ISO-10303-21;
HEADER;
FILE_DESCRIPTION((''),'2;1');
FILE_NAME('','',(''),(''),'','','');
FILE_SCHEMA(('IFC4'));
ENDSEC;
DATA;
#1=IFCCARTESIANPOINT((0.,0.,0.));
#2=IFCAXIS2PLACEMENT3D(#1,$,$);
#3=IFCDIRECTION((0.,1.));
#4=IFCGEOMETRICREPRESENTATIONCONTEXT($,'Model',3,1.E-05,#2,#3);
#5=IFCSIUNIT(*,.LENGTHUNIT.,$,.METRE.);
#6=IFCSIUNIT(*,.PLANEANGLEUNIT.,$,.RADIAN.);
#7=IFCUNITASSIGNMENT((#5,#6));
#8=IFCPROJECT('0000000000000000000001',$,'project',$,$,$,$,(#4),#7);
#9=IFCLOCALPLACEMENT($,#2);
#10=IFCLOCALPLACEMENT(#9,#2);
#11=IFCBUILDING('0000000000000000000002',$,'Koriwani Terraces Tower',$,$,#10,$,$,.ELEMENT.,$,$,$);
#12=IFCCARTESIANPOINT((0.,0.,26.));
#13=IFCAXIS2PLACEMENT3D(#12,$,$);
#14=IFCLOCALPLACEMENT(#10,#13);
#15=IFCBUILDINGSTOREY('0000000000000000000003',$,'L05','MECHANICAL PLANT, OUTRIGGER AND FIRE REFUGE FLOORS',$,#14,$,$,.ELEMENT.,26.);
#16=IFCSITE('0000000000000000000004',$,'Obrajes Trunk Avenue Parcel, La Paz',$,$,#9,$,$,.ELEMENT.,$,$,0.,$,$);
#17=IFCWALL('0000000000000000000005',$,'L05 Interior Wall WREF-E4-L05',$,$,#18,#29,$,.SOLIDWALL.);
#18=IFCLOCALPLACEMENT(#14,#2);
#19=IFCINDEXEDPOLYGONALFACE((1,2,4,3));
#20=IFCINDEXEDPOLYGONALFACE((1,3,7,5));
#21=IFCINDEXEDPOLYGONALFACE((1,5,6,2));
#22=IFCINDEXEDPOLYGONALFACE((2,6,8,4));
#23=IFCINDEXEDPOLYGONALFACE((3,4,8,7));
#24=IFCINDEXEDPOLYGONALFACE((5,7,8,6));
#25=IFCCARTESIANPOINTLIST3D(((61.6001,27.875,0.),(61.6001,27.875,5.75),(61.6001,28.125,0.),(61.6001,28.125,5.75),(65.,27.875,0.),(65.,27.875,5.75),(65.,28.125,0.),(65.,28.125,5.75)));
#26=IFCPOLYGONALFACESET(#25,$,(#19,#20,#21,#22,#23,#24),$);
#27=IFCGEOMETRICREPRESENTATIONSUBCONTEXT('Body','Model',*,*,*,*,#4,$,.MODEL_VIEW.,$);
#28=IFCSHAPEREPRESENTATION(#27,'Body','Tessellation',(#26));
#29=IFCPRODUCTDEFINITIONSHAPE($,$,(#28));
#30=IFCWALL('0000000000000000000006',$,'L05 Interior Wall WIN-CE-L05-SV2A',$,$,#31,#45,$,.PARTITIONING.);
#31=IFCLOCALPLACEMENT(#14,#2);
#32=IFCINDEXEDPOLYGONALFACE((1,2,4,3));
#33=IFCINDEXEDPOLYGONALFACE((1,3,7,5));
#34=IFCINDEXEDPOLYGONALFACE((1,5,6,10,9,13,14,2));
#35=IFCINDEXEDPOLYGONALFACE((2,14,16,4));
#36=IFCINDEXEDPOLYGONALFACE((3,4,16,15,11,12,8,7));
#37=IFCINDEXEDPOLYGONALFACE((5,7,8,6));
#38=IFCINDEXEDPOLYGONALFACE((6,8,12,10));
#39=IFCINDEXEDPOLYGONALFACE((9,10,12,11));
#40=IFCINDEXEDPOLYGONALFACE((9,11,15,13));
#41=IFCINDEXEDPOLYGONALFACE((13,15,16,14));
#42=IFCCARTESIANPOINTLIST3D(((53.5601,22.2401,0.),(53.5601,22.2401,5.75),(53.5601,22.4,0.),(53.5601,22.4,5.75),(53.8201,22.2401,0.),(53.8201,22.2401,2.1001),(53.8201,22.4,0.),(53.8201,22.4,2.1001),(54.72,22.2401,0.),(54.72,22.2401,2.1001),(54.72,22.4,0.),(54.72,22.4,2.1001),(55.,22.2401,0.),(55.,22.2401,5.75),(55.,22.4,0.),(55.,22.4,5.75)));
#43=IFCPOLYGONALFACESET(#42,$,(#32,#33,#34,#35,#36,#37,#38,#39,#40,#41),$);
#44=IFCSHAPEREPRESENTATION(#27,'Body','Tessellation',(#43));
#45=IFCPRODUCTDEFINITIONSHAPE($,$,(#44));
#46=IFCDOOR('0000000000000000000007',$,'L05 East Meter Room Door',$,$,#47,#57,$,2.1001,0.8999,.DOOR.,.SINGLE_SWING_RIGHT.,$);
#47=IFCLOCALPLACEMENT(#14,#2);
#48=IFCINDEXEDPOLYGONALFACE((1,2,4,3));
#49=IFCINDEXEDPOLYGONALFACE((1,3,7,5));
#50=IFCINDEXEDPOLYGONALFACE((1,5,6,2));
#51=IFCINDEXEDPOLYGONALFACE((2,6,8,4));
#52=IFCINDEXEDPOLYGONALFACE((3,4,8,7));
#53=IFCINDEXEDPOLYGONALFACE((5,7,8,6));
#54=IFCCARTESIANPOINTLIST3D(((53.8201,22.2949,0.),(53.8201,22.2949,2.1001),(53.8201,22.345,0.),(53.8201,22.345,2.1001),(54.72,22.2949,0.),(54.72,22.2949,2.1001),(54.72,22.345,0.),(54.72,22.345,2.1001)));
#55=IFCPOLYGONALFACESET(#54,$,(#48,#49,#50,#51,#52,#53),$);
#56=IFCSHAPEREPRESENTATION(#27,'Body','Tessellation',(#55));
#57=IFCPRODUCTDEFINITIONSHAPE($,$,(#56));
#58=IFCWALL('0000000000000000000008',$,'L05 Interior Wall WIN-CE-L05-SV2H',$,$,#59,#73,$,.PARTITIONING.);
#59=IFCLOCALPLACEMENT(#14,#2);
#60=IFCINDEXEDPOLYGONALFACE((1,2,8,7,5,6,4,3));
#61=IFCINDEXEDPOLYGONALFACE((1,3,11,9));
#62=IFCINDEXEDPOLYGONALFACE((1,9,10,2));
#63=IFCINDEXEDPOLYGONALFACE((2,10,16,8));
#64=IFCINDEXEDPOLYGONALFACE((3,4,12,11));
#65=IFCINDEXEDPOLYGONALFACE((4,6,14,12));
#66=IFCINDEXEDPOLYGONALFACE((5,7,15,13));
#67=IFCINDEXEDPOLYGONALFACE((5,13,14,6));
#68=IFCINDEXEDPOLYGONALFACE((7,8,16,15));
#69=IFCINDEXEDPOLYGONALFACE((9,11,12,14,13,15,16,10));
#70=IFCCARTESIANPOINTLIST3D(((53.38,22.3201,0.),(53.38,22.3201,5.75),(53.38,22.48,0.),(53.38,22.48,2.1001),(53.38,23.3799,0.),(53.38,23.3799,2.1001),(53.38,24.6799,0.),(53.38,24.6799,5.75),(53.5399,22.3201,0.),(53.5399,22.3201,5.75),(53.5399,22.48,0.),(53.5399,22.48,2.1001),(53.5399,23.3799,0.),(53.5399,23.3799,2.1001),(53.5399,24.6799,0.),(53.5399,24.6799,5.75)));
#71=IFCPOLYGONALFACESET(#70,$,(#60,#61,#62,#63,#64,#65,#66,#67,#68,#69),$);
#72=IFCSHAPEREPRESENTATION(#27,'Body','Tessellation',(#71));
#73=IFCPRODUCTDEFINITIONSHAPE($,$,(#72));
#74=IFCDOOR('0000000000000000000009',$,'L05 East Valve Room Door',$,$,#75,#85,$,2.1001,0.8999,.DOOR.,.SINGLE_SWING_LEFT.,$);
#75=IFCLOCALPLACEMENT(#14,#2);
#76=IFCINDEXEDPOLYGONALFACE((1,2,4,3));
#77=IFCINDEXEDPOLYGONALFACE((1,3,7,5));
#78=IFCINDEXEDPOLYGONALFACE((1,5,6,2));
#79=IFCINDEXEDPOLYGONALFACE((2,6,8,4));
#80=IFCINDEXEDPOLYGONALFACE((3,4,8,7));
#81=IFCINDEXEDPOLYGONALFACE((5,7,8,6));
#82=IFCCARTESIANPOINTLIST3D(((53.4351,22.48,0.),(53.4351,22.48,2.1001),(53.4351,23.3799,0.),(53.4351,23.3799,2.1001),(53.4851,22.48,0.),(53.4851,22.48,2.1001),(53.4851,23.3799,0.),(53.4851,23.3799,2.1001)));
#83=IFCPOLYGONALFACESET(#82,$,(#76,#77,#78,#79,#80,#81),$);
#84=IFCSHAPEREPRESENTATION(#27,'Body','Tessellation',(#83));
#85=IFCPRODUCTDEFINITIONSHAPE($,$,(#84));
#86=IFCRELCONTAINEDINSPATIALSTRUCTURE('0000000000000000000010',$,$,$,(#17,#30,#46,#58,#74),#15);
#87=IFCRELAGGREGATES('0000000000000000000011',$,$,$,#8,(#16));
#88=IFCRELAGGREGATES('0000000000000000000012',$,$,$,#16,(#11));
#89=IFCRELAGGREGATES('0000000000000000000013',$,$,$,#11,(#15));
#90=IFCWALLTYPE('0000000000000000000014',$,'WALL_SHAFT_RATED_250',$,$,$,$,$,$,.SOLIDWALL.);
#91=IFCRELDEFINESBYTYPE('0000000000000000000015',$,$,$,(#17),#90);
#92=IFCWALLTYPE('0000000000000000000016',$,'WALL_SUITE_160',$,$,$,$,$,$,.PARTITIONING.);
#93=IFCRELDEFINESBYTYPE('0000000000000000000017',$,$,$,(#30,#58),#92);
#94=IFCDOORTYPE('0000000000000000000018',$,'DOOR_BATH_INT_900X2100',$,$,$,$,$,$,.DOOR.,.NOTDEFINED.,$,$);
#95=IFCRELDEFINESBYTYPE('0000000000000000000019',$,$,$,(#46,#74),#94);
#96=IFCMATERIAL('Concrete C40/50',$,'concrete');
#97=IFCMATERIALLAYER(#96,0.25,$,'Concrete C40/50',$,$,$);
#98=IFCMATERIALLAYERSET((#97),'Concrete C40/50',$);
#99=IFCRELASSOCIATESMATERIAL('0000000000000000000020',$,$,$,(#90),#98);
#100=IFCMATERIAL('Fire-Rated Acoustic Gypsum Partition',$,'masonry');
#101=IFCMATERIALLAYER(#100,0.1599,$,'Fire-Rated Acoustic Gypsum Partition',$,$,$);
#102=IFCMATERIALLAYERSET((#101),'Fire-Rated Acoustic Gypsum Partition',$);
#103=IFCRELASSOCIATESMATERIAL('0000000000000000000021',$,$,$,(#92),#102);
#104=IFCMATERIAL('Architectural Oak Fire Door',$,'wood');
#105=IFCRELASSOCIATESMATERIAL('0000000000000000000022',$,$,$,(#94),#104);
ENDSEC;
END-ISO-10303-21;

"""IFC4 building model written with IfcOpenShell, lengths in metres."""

from ifc_helpers import new_model, si_unit, direction, frame, frame_2d, origin, place, context, subcontext, project, spatial, rectangle, extrude, material, layer, layer_set, type_object, element, fill, save


model = new_model("IFC4")

# Units and contexts
model_context = context("Model", 3, precision=1e-05, world=origin(), true_north=direction((0.0, 1.0)))
body_context = subcontext(model_context, "Body", "Model", "MODEL_VIEW")
ifc_project = project(units=[si_unit("LENGTHUNIT", "METRE"), si_unit("PLANEANGLEUNIT", "RADIAN")], contexts=[model_context])

# Site, building, storey
site_placement = place(None, origin())
site = spatial("IfcSite", under=ifc_project, at=site_placement, Name="Obrajes Trunk Avenue Parcel, La Paz", CompositionType="ELEMENT", RefElevation=0.0)
building_placement = place(site_placement, origin())
building = spatial("IfcBuilding", under=site, at=building_placement, Name="Koriwani Terraces Tower", CompositionType="ELEMENT")
storey_placement = place(building_placement, frame((0.0, 0.0, 26.0)))
storey = spatial("IfcBuildingStorey", under=building, at=storey_placement, Name="L05", Description="MECHANICAL PLANT, OUTRIGGER AND FIRE REFUGE FLOORS", CompositionType="ELEMENT", Elevation=26.0)

# Shared definitions
ifc_material_1 = material(Name="Concrete C40/50", Category="concrete")
ifc_layer_1 = layer(ifc_material_1, 0.25, Name="Concrete C40/50")
ifc_layer_set_1 = layer_set([ifc_layer_1], Name="Concrete C40/50")
wall_type_1 = type_object("IfcWallType", Name="WALL_SHAFT_RATED_250", PredefinedType="SOLIDWALL", material=ifc_layer_set_1)

# Wall
wall_1_placement = place(storey_placement, frame((61.6001, 28.0, 0.0), z_axis=(0.0, 0.0, 1.0), x_axis=(1.0, 0.0, 0.0)))
element("IfcWall", 1, at=wall_1_placement, inside=storey, type_object=wall_type_1, Name="L05 Interior Wall WREF-E4-L05", PredefinedType="SOLIDWALL", context=body_context, shape_type="SweptSolid", body=[
    extrude(rectangle(XDim=3.3999, YDim=0.25, at=frame_2d((1.7, 0.0))), origin(), (0.0, 0.0, 1.0), 5.75),
])

# Walls, openings, doors
ifc_material_2 = material(Name="Fire-Rated Acoustic Gypsum Partition", Category="masonry")
ifc_layer_2 = layer(ifc_material_2, 0.1599, Name="Fire-Rated Acoustic Gypsum Partition")
ifc_layer_set_2 = layer_set([ifc_layer_2], Name="Fire-Rated Acoustic Gypsum Partition")
wall_type_2 = type_object("IfcWallType", Name="WALL_SUITE_160", PredefinedType="PARTITIONING", material=ifc_layer_set_2)
wall_2_placement = place(storey_placement, frame((53.5601, 22.3201, 0.0), z_axis=(0.0, 0.0, 1.0), x_axis=(1.0, 0.0, 0.0)))
wall_2 = element("IfcWall", 2, at=wall_2_placement, inside=storey, type_object=wall_type_2, Name="L05 Interior Wall WIN-CE-L05-SV2A", PredefinedType="PARTITIONING", context=body_context, shape_type="SweptSolid", body=[
    extrude(rectangle(XDim=1.4399, YDim=0.1599, at=frame_2d((0.72, 0.0))), origin(), (0.0, 0.0, 1.0), 5.75),
])
opening_1_placement = place(wall_2_placement, frame((0.26, 0.0, 0.0)))
opening_1 = element("IfcOpeningElement", 3, at=opening_1_placement, cuts=wall_2, PredefinedType="OPENING", context=body_context, shape_type="SweptSolid", body=[
    extrude(rectangle(XDim=0.8999, YDim=2.1001, at=frame_2d((0.45, 1.05))), frame((0.0, 0.0898, 0.0), z_axis=(0.0, -1.0, 0.0), x_axis=(1.0, 0.0, 0.0)), (0.0, 0.0, 1.0), 0.1799),
])
ifc_material_3 = material(Name="Architectural Oak Fire Door", Category="wood")
door_type_1 = type_object("IfcDoorType", Name="DOOR_BATH_INT_900X2100", OperationType="NOTDEFINED", PredefinedType="DOOR", material=ifc_material_3)
door_1_placement = place(opening_1_placement, origin())
door_1 = element("IfcDoor", 4, at=door_1_placement, inside=storey, type_object=door_type_1, Name="L05 East Meter Room Door", OperationType="SINGLE_SWING_RIGHT", OverallHeight=2.1001, OverallWidth=0.8999, PredefinedType="DOOR", context=body_context, shape_type="SweptSolid", body=[
    extrude(rectangle(XDim=0.8999, YDim=2.1001, at=frame_2d((0.45, 1.05))), frame((0.0, 0.0249, 0.0), z_axis=(0.0, -1.0, 0.0), x_axis=(1.0, 0.0, 0.0)), (0.0, 0.0, 1.0), 0.05),
])
fill(opening_1, door_1)
wall_3_placement = place(storey_placement, frame((53.46, 22.3201, 0.0), z_axis=(0.0, 0.0, 1.0), x_axis=(0.0, 1.0, 0.0)))
wall_3 = element("IfcWall", 5, at=wall_3_placement, inside=storey, type_object=wall_type_2, Name="L05 Interior Wall WIN-CE-L05-SV2H", PredefinedType="PARTITIONING", context=body_context, shape_type="SweptSolid", body=[
    extrude(rectangle(XDim=2.3599, YDim=0.1599, at=frame_2d((1.1799, 0.0))), origin(), (0.0, 0.0, 1.0), 5.75),
])
opening_2_placement = place(wall_3_placement, frame((0.1599, 0.0, 0.0)))
opening_2 = element("IfcOpeningElement", 6, at=opening_2_placement, cuts=wall_3, PredefinedType="OPENING", context=body_context, shape_type="SweptSolid", body=[
    extrude(rectangle(XDim=0.8999, YDim=2.1001, at=frame_2d((0.45, 1.05))), frame((0.0, 0.0898, 0.0), z_axis=(0.0, -1.0, 0.0), x_axis=(1.0, 0.0, 0.0)), (0.0, 0.0, 1.0), 0.1799),
])
door_2_placement = place(opening_2_placement, origin())
door_2 = element("IfcDoor", 7, at=door_2_placement, inside=storey, type_object=door_type_1, Name="L05 East Valve Room Door", OperationType="SINGLE_SWING_LEFT", OverallHeight=2.1001, OverallWidth=0.8999, PredefinedType="DOOR", context=body_context, shape_type="SweptSolid", body=[
    extrude(rectangle(XDim=0.8999, YDim=2.1001, at=frame_2d((0.45, 1.05))), frame((0.0, 0.0249, 0.0), z_axis=(0.0, -1.0, 0.0), x_axis=(1.0, 0.0, 0.0)), (0.0, 0.0, 1.0), 0.05),
])
fill(opening_2, door_2)

save(model, "model.ifc")
